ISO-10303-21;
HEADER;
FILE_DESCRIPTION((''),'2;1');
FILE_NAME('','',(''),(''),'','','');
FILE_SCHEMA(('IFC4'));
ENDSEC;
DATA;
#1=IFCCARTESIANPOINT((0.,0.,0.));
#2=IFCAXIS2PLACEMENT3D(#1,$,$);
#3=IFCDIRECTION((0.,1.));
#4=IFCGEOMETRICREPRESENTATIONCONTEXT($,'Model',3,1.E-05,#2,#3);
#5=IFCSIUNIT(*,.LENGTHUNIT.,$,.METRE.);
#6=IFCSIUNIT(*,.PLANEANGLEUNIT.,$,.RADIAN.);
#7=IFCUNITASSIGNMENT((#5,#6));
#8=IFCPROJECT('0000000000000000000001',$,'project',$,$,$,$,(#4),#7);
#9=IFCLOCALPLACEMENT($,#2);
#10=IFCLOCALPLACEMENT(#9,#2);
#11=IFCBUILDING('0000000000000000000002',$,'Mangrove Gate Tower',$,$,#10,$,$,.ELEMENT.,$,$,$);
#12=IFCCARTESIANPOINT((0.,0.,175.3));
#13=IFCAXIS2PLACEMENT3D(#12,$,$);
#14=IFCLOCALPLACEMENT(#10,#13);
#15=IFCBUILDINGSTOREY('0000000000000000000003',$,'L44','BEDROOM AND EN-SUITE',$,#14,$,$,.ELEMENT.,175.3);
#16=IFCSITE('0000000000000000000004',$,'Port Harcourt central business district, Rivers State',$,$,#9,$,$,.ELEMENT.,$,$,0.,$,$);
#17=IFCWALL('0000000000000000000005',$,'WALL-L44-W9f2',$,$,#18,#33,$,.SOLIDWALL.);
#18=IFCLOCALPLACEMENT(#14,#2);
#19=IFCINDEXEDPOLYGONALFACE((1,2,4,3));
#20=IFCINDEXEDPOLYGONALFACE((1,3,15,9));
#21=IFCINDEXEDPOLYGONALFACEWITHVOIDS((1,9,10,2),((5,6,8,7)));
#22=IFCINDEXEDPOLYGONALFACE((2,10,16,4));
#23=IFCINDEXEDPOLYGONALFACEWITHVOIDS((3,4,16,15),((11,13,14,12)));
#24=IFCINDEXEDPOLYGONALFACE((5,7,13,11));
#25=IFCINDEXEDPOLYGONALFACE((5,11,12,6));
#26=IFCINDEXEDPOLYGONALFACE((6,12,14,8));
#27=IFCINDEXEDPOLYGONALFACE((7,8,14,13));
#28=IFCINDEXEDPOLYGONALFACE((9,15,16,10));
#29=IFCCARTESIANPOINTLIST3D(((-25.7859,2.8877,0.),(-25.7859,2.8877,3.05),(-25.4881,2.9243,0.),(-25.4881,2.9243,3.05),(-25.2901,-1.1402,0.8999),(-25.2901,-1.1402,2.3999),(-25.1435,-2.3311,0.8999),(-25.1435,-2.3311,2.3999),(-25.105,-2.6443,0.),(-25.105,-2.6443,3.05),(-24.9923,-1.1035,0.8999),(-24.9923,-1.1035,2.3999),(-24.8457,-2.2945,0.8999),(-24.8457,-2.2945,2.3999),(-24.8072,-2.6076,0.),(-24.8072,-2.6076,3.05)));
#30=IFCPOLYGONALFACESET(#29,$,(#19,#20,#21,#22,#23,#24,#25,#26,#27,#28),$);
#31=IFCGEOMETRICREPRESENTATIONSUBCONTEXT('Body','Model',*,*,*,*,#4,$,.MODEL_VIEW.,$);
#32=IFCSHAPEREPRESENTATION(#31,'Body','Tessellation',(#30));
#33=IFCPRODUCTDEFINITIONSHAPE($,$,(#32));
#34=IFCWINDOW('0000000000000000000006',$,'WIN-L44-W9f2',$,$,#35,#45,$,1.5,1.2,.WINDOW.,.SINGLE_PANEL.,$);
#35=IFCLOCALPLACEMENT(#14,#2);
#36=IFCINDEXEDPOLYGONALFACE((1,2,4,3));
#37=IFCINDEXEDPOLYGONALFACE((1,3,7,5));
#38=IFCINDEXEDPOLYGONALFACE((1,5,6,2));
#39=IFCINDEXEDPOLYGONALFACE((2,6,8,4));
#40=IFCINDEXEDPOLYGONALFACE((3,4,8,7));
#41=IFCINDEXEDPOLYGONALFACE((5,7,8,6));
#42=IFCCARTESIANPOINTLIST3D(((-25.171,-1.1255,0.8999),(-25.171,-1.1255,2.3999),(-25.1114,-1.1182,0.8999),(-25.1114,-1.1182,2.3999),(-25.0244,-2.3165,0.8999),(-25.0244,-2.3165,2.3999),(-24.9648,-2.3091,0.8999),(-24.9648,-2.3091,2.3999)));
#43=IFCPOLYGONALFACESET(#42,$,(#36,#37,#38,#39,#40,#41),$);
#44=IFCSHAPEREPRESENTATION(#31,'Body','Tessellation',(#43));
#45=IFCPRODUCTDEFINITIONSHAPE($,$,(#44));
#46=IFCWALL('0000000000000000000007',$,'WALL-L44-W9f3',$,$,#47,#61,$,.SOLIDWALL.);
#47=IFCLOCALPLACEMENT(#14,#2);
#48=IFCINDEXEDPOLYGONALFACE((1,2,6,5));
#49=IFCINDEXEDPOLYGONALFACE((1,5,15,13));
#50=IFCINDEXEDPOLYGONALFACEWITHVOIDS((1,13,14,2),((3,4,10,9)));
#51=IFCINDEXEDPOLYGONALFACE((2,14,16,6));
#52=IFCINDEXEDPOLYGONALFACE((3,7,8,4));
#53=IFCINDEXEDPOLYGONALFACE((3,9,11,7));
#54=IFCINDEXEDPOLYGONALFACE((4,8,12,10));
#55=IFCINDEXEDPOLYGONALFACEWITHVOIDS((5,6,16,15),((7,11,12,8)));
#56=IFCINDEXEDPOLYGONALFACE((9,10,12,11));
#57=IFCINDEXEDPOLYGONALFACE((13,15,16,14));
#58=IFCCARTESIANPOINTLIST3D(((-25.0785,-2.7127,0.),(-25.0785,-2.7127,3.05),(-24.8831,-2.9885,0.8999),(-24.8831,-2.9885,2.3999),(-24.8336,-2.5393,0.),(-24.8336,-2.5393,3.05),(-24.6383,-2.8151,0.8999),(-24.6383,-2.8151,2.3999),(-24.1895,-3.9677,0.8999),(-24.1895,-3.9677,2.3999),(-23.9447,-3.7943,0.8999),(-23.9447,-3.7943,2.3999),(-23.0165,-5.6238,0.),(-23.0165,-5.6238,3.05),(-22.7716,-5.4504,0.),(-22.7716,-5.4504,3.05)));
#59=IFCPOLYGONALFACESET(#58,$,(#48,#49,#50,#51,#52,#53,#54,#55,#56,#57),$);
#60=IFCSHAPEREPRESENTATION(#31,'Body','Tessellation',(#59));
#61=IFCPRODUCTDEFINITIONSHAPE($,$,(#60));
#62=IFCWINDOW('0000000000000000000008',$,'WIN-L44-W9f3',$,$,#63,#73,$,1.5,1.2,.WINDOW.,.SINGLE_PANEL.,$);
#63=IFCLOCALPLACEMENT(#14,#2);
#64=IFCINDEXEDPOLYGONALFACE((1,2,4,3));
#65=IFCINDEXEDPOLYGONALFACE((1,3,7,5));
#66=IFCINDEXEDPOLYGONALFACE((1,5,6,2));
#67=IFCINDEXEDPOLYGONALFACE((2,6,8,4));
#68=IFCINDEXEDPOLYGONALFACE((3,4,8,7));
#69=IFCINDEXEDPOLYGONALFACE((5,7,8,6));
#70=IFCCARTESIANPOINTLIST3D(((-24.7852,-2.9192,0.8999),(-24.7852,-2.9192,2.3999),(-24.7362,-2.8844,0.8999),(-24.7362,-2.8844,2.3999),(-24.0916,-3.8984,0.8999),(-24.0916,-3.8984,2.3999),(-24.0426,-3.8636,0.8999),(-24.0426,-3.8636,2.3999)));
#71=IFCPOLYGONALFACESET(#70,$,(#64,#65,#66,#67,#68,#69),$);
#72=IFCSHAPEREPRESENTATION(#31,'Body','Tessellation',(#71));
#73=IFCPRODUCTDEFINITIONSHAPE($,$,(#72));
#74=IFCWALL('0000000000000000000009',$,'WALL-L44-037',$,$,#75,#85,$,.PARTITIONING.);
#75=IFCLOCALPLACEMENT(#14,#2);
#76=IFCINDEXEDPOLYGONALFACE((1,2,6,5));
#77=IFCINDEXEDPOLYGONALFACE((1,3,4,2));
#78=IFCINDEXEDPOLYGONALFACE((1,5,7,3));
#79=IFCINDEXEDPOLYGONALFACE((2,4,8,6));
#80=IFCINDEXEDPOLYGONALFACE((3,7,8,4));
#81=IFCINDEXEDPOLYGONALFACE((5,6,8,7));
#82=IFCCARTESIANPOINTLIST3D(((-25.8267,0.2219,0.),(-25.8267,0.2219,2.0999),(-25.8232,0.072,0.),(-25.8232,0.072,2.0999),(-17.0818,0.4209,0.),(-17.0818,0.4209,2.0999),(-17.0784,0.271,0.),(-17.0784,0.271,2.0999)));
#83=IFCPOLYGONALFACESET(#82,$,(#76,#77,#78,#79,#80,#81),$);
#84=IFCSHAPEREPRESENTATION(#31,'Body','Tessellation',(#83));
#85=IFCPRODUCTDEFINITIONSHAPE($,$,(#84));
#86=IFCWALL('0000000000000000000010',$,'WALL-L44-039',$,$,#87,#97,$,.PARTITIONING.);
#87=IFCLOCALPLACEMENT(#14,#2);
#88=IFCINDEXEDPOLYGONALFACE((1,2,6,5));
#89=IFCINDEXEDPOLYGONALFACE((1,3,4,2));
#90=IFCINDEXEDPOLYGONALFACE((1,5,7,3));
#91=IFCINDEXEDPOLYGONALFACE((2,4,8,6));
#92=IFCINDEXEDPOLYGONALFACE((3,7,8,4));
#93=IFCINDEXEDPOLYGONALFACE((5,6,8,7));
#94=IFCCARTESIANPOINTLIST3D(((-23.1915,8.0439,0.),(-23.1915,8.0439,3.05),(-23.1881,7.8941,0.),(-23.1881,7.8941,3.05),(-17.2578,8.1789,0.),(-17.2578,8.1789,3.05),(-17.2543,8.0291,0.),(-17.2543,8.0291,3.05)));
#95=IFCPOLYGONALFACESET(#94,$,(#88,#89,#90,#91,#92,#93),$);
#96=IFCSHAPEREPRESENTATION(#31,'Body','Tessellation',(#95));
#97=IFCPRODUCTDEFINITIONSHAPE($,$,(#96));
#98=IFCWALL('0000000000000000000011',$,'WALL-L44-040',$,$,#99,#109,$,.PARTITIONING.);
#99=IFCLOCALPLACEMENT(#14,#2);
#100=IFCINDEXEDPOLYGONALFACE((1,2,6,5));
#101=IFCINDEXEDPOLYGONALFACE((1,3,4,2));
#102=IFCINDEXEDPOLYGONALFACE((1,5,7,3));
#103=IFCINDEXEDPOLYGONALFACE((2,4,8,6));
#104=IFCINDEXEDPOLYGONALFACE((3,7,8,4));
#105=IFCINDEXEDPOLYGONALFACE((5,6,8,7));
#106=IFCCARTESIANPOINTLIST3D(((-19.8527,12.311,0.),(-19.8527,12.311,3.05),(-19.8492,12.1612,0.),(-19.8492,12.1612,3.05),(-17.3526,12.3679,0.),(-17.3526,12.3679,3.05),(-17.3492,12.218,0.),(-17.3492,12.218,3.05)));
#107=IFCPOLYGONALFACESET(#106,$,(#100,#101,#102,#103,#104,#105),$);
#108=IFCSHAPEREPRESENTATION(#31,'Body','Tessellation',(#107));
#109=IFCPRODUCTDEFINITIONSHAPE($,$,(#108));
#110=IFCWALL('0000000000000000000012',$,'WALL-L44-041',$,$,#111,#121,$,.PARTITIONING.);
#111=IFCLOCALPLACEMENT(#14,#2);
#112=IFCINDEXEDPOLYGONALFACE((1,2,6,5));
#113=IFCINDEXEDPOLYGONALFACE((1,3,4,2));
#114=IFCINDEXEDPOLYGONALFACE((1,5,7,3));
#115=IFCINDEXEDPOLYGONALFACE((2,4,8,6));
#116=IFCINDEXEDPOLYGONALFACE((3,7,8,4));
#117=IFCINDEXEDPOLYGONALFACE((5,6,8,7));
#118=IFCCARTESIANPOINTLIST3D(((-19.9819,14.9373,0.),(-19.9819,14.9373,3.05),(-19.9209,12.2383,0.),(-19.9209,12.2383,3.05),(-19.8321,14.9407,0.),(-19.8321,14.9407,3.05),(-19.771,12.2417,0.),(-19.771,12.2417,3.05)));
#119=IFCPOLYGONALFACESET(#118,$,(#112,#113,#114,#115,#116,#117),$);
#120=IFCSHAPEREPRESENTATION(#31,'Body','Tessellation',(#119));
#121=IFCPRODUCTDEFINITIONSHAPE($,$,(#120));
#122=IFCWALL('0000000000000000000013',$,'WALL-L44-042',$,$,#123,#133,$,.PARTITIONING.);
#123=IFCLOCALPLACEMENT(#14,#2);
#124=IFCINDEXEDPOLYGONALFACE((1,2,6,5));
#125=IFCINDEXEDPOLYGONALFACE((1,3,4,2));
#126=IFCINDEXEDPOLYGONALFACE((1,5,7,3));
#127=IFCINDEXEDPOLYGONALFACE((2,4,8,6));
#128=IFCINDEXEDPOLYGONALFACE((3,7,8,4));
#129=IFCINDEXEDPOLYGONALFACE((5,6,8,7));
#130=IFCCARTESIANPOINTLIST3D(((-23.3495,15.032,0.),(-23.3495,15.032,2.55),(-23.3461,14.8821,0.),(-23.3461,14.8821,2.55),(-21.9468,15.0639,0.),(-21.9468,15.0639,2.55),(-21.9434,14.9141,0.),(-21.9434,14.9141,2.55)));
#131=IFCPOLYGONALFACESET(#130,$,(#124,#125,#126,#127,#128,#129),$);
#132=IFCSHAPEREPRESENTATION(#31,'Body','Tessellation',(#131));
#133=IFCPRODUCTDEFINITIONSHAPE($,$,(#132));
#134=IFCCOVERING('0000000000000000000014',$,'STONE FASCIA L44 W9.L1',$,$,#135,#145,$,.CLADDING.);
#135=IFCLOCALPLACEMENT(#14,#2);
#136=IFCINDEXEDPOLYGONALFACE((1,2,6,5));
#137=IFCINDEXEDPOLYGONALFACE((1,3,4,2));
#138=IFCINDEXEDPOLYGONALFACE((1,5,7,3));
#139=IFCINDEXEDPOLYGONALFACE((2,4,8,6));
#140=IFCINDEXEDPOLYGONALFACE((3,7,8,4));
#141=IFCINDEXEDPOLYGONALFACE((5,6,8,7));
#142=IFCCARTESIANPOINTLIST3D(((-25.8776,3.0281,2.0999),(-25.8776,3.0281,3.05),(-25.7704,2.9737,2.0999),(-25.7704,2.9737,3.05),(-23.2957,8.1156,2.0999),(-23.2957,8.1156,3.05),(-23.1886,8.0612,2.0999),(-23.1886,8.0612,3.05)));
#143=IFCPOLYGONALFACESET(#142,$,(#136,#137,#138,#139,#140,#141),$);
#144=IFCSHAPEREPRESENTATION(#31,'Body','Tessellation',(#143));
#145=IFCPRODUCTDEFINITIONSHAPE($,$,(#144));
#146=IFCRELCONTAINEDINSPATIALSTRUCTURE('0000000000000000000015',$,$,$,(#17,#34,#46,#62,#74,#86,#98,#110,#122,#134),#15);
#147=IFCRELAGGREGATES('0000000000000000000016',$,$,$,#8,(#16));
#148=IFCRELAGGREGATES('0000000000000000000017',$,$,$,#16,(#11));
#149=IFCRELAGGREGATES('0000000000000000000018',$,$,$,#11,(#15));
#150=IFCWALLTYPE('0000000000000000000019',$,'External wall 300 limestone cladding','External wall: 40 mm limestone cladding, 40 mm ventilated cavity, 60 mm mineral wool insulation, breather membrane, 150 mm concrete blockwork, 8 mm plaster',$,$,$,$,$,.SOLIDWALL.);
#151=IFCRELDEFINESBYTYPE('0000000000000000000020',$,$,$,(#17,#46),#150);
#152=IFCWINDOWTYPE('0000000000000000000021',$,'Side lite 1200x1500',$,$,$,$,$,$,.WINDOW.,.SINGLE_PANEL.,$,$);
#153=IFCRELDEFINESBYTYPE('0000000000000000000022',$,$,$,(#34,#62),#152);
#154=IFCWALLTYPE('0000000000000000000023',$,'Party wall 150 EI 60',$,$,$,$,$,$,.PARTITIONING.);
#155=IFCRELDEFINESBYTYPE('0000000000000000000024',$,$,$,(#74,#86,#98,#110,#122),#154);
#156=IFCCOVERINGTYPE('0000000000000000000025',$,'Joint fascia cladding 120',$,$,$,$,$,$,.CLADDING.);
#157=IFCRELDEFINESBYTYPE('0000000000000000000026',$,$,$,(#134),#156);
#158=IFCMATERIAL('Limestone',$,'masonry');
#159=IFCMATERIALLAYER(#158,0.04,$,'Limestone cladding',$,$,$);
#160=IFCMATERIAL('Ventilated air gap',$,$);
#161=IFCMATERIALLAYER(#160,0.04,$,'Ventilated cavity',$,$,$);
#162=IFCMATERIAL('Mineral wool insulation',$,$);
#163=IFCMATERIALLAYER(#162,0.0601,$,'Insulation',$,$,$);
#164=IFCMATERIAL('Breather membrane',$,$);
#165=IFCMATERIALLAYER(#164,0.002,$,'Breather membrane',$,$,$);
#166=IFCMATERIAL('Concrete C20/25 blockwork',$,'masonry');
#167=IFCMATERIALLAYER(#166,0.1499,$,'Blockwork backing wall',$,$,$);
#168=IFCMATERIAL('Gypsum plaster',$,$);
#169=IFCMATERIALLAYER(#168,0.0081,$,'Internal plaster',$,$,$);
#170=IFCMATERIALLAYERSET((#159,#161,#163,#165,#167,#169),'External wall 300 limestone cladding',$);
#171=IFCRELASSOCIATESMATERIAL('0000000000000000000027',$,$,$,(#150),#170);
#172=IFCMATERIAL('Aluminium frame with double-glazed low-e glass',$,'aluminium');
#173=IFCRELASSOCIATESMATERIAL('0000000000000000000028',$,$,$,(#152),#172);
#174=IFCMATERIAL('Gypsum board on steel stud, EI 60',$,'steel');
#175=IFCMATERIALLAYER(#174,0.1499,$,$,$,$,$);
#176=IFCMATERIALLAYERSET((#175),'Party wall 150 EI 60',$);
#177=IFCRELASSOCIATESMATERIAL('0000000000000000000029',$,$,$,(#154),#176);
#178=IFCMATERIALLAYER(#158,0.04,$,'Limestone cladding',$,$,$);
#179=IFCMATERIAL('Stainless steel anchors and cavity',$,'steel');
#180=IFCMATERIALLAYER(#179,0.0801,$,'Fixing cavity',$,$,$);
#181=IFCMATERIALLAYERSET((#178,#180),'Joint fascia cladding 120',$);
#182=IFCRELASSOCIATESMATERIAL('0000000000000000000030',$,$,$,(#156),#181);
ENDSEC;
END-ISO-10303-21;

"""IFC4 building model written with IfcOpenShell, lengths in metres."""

from ifc_helpers import new_model, si_unit, direction, frame, frame_2d, origin, place, context, subcontext, project, spatial, rectangle, extrude, material, layer, layer_set, type_object, element, fill, save


model = new_model("IFC4")

# Units and contexts
model_context = context("Model", 3, precision=1e-05, world=origin(), true_north=direction((0.0, 1.0)))
body_context = subcontext(model_context, "Body", "Model", "MODEL_VIEW")
ifc_project = project(units=[si_unit("LENGTHUNIT", "METRE"), si_unit("PLANEANGLEUNIT", "RADIAN")], contexts=[model_context])

# Site, building, storey
site_placement = place(None, origin())
site = spatial("IfcSite", under=ifc_project, at=site_placement, Name="Port Harcourt central business district, Rivers State", CompositionType="ELEMENT", RefElevation=0.0)
building_placement = place(site_placement, origin())
building = spatial("IfcBuilding", under=site, at=building_placement, Name="Mangrove Gate Tower", CompositionType="ELEMENT")
storey_placement = place(building_placement, frame((0.0, 0.0, 175.3)))
storey = spatial("IfcBuildingStorey", under=building, at=storey_placement, Name="L44", Description="BEDROOM AND EN-SUITE", CompositionType="ELEMENT", Elevation=175.3)

# Walls, openings, windows
ifc_material_1 = material(Name="Limestone", Category="masonry")
ifc_layer_1 = layer(ifc_material_1, 0.04, Name="Limestone cladding")
ifc_material_2 = material(Name="Ventilated air gap")
ifc_layer_2 = layer(ifc_material_2, 0.04, Name="Ventilated cavity")
ifc_material_3 = material(Name="Mineral wool insulation")
ifc_layer_3 = layer(ifc_material_3, 0.0601, Name="Insulation")
ifc_material_4 = material(Name="Breather membrane")
ifc_layer_4 = layer(ifc_material_4, 0.002, Name="Breather membrane")
ifc_material_5 = material(Name="Concrete C20/25 blockwork", Category="masonry")
ifc_layer_5 = layer(ifc_material_5, 0.1499, Name="Blockwork backing wall")
ifc_material_6 = material(Name="Gypsum plaster")
ifc_layer_6 = layer(ifc_material_6, 0.0081, Name="Internal plaster")
ifc_layer_set_1 = layer_set([ifc_layer_1, ifc_layer_2, ifc_layer_3, ifc_layer_4, ifc_layer_5, ifc_layer_6], Name="External wall 300 limestone cladding")
wall_type_1 = type_object("IfcWallType", Name="External wall 300 limestone cladding", Description="External wall: 40 mm limestone cladding, 40 mm ventilated cavity, 60 mm mineral wool insulation, breather membrane, 150 mm concrete blockwork, 8 mm plaster", PredefinedType="SOLIDWALL", material=ifc_layer_set_1)
ifc_material_7 = material(Name="Aluminium frame with double-glazed low-e glass", Category="aluminium")
window_type = type_object("IfcWindowType", Name="Side lite 1200x1500", PartitioningType="SINGLE_PANEL", PredefinedType="WINDOW", material=ifc_material_7)
wall_1_placement = place(storey_placement, frame((-25.637, 2.906, 0.0), z_axis=(0.0, 0.0, 1.0), x_axis=(0.122164, -0.99251, 0.0)))
wall_1 = element("IfcWall", 1, at=wall_1_placement, inside=storey, type_object=wall_type_1, Name="WALL-L44-W9f2", PredefinedType="SOLIDWALL", context=body_context, shape_type="SweptSolid", body=[
    extrude(rectangle(XDim=5.5737, YDim=0.3, at=frame_2d((2.7869, 0.0))), origin(), (0.0, 0.0, 1.0), 3.05),
])
opening_1_placement = place(wall_1_placement, frame((4.0581, 0.0, 0.8999)))
opening_1 = element("IfcOpeningElement", 2, at=opening_1_placement, cuts=wall_1, PredefinedType="OPENING", context=body_context, shape_type="SweptSolid", body=[
    extrude(rectangle(XDim=1.2, YDim=1.5, at=frame_2d((0.6001, 0.75))), frame((0.0, 0.1599, 0.0), z_axis=(0.0, -1.0, 0.0), x_axis=(1.0, 0.0, 0.0)), (0.0, 0.0, 1.0), 0.3201),
])
window_1_placement = place(opening_1_placement, origin())
window_1 = element("IfcWindow", 3, at=window_1_placement, inside=storey, type_object=window_type, Name="WIN-L44-W9f2", OverallHeight=1.5, OverallWidth=1.2, PartitioningType="SINGLE_PANEL", PredefinedType="WINDOW", context=body_context, shape_type="SweptSolid", body=[
    extrude(rectangle(XDim=1.2, YDim=1.5, at=frame_2d((0.6001, 0.75))), frame((0.0, 0.03, 0.0), z_axis=(0.0, -1.0, 0.0), x_axis=(1.0, 0.0, 0.0)), (0.0, 0.0, 1.0), 0.0601),
])
fill(opening_1, window_1)
wall_2_placement = place(storey_placement, frame((-24.9561, -2.626, 0.0), z_axis=(0.0, 0.0, 1.0), x_axis=(0.57801, -0.81603, 0.0)))
wall_2 = element("IfcWall", 4, at=wall_2_placement, inside=storey, type_object=wall_type_1, Name="WALL-L44-W9f3", PredefinedType="SOLIDWALL", context=body_context, shape_type="SweptSolid", body=[
    extrude(rectangle(XDim=3.5674, YDim=0.3, at=frame_2d((1.7837, 0.0))), origin(), (0.0, 0.0, 1.0), 3.05),
])
opening_2_placement = place(wall_2_placement, frame((0.3379, 0.0, 0.8999)))
opening_2 = element("IfcOpeningElement", 5, at=opening_2_placement, cuts=wall_2, PredefinedType="OPENING", context=body_context, shape_type="SweptSolid", body=[
    extrude(rectangle(XDim=1.2, YDim=1.5, at=frame_2d((0.6001, 0.75))), frame((0.0, 0.1599, 0.0), z_axis=(0.0, -1.0, 0.0), x_axis=(1.0, 0.0, 0.0)), (0.0, 0.0, 1.0), 0.3201),
])
window_2_placement = place(opening_2_placement, origin())
window_2 = element("IfcWindow", 6, at=window_2_placement, inside=storey, type_object=window_type, Name="WIN-L44-W9f3", OverallHeight=1.5, OverallWidth=1.2, PartitioningType="SINGLE_PANEL", PredefinedType="WINDOW", context=body_context, shape_type="SweptSolid", body=[
    extrude(rectangle(XDim=1.2, YDim=1.5, at=frame_2d((0.6001, 0.75))), frame((0.0, 0.03, 0.0), z_axis=(0.0, -1.0, 0.0), x_axis=(1.0, 0.0, 0.0)), (0.0, 0.0, 1.0), 0.0601),
])
fill(opening_2, window_2)

# Walls
ifc_material_8 = material(Name="Gypsum board on steel stud, EI 60", Category="steel")
ifc_layer_7 = layer(ifc_material_8, 0.1499)
ifc_layer_set_2 = layer_set([ifc_layer_7], Name="Party wall 150 EI 60")
wall_type_2 = type_object("IfcWallType", Name="Party wall 150 EI 60", PredefinedType="PARTITIONING", material=ifc_layer_set_2)
wall_3_placement = place(storey_placement, frame((-25.825, 0.147, 0.0), z_axis=(0.0, 0.0, 1.0), x_axis=(0.999741, 0.022747, 0.0)))
element("IfcWall", 7, at=wall_3_placement, inside=storey, type_object=wall_type_2, Name="WALL-L44-037", PredefinedType="PARTITIONING", context=body_context, shape_type="SweptSolid", body=[
    extrude(rectangle(XDim=8.7471, YDim=0.1499, at=frame_2d((4.3735, 0.0))), origin(), (0.0, 0.0, 1.0), 2.0999),
])
wall_4_placement = place(storey_placement, frame((-23.1899, 7.969, 0.0), z_axis=(0.0, 0.0, 1.0), x_axis=(0.999741, 0.022747, 0.0)))
element("IfcWall", 8, at=wall_4_placement, inside=storey, type_object=wall_type_2, Name="WALL-L44-039", PredefinedType="PARTITIONING", context=body_context, shape_type="SweptSolid", body=[
    extrude(rectangle(XDim=5.9353, YDim=0.1499, at=frame_2d((2.9678, 0.0))), origin(), (0.0, 0.0, 1.0), 3.05),
])
wall_5_placement = place(storey_placement, frame((-19.8511, 12.2361, 0.0), z_axis=(0.0, 0.0, 1.0), x_axis=(0.999741, 0.022748, 0.0)))
element("IfcWall", 9, at=wall_5_placement, inside=storey, type_object=wall_type_2, Name="WALL-L44-040", PredefinedType="PARTITIONING", context=body_context, shape_type="SweptSolid", body=[
    extrude(rectangle(XDim=2.5007, YDim=0.1499, at=frame_2d((1.2505, 0.0))), origin(), (0.0, 0.0, 1.0), 3.05),
])
wall_6_placement = place(storey_placement, frame((-19.8459, 12.24, 0.0), z_axis=(0.0, 0.0, 1.0), x_axis=(-0.022608, 0.999744, 0.0)))
element("IfcWall", 10, at=wall_6_placement, inside=storey, type_object=wall_type_2, Name="WALL-L44-041", PredefinedType="PARTITIONING", context=body_context, shape_type="SweptSolid", body=[
    extrude(rectangle(XDim=2.6997, YDim=0.1499, at=frame_2d((1.3499, 0.0))), origin(), (0.0, 0.0, 1.0), 3.05),
])
wall_7_placement = place(storey_placement, frame((-23.3479, 14.957, 0.0), z_axis=(0.0, 0.0, 1.0), x_axis=(0.99974, 0.022793, 0.0)))
element("IfcWall", 11, at=wall_7_placement, inside=storey, type_object=wall_type_2, Name="WALL-L44-042", PredefinedType="PARTITIONING", context=body_context, shape_type="SweptSolid", body=[
    extrude(rectangle(XDim=1.4031, YDim=0.1499, at=frame_2d((0.7017, 0.0))), origin(), (0.0, 0.0, 1.0), 2.55),
])

# Covering
ifc_layer_8 = layer(ifc_material_1, 0.04, Name="Limestone cladding")
ifc_material_9 = material(Name="Stainless steel anchors and cavity", Category="steel")
ifc_layer_9 = layer(ifc_material_9, 0.0801, Name="Fixing cavity")
ifc_layer_set_3 = layer_set([ifc_layer_8, ifc_layer_9], Name="Joint fascia cladding 120")
covering_type = type_object("IfcCoveringType", Name="Joint fascia cladding 120", PredefinedType="CLADDING", material=ifc_layer_set_3)
covering_placement = place(storey_placement, frame((-23.2422, 8.0884, 2.0999), z_axis=(0.0, 0.0, 1.0), x_axis=(-0.452546, -0.891741, 0.0)))
element("IfcCovering", 12, at=covering_placement, inside=storey, type_object=covering_type, Name="STONE FASCIA L44 W9.L1", PredefinedType="CLADDING", context=body_context, shape_type="SweptSolid", body=[
    extrude(rectangle(XDim=5.7051, YDim=0.1201, at=frame_2d((2.8525, 0.0))), origin(), (0.0, 0.0, 1.0), 0.9502),
])

save(model, "model.ifc")
